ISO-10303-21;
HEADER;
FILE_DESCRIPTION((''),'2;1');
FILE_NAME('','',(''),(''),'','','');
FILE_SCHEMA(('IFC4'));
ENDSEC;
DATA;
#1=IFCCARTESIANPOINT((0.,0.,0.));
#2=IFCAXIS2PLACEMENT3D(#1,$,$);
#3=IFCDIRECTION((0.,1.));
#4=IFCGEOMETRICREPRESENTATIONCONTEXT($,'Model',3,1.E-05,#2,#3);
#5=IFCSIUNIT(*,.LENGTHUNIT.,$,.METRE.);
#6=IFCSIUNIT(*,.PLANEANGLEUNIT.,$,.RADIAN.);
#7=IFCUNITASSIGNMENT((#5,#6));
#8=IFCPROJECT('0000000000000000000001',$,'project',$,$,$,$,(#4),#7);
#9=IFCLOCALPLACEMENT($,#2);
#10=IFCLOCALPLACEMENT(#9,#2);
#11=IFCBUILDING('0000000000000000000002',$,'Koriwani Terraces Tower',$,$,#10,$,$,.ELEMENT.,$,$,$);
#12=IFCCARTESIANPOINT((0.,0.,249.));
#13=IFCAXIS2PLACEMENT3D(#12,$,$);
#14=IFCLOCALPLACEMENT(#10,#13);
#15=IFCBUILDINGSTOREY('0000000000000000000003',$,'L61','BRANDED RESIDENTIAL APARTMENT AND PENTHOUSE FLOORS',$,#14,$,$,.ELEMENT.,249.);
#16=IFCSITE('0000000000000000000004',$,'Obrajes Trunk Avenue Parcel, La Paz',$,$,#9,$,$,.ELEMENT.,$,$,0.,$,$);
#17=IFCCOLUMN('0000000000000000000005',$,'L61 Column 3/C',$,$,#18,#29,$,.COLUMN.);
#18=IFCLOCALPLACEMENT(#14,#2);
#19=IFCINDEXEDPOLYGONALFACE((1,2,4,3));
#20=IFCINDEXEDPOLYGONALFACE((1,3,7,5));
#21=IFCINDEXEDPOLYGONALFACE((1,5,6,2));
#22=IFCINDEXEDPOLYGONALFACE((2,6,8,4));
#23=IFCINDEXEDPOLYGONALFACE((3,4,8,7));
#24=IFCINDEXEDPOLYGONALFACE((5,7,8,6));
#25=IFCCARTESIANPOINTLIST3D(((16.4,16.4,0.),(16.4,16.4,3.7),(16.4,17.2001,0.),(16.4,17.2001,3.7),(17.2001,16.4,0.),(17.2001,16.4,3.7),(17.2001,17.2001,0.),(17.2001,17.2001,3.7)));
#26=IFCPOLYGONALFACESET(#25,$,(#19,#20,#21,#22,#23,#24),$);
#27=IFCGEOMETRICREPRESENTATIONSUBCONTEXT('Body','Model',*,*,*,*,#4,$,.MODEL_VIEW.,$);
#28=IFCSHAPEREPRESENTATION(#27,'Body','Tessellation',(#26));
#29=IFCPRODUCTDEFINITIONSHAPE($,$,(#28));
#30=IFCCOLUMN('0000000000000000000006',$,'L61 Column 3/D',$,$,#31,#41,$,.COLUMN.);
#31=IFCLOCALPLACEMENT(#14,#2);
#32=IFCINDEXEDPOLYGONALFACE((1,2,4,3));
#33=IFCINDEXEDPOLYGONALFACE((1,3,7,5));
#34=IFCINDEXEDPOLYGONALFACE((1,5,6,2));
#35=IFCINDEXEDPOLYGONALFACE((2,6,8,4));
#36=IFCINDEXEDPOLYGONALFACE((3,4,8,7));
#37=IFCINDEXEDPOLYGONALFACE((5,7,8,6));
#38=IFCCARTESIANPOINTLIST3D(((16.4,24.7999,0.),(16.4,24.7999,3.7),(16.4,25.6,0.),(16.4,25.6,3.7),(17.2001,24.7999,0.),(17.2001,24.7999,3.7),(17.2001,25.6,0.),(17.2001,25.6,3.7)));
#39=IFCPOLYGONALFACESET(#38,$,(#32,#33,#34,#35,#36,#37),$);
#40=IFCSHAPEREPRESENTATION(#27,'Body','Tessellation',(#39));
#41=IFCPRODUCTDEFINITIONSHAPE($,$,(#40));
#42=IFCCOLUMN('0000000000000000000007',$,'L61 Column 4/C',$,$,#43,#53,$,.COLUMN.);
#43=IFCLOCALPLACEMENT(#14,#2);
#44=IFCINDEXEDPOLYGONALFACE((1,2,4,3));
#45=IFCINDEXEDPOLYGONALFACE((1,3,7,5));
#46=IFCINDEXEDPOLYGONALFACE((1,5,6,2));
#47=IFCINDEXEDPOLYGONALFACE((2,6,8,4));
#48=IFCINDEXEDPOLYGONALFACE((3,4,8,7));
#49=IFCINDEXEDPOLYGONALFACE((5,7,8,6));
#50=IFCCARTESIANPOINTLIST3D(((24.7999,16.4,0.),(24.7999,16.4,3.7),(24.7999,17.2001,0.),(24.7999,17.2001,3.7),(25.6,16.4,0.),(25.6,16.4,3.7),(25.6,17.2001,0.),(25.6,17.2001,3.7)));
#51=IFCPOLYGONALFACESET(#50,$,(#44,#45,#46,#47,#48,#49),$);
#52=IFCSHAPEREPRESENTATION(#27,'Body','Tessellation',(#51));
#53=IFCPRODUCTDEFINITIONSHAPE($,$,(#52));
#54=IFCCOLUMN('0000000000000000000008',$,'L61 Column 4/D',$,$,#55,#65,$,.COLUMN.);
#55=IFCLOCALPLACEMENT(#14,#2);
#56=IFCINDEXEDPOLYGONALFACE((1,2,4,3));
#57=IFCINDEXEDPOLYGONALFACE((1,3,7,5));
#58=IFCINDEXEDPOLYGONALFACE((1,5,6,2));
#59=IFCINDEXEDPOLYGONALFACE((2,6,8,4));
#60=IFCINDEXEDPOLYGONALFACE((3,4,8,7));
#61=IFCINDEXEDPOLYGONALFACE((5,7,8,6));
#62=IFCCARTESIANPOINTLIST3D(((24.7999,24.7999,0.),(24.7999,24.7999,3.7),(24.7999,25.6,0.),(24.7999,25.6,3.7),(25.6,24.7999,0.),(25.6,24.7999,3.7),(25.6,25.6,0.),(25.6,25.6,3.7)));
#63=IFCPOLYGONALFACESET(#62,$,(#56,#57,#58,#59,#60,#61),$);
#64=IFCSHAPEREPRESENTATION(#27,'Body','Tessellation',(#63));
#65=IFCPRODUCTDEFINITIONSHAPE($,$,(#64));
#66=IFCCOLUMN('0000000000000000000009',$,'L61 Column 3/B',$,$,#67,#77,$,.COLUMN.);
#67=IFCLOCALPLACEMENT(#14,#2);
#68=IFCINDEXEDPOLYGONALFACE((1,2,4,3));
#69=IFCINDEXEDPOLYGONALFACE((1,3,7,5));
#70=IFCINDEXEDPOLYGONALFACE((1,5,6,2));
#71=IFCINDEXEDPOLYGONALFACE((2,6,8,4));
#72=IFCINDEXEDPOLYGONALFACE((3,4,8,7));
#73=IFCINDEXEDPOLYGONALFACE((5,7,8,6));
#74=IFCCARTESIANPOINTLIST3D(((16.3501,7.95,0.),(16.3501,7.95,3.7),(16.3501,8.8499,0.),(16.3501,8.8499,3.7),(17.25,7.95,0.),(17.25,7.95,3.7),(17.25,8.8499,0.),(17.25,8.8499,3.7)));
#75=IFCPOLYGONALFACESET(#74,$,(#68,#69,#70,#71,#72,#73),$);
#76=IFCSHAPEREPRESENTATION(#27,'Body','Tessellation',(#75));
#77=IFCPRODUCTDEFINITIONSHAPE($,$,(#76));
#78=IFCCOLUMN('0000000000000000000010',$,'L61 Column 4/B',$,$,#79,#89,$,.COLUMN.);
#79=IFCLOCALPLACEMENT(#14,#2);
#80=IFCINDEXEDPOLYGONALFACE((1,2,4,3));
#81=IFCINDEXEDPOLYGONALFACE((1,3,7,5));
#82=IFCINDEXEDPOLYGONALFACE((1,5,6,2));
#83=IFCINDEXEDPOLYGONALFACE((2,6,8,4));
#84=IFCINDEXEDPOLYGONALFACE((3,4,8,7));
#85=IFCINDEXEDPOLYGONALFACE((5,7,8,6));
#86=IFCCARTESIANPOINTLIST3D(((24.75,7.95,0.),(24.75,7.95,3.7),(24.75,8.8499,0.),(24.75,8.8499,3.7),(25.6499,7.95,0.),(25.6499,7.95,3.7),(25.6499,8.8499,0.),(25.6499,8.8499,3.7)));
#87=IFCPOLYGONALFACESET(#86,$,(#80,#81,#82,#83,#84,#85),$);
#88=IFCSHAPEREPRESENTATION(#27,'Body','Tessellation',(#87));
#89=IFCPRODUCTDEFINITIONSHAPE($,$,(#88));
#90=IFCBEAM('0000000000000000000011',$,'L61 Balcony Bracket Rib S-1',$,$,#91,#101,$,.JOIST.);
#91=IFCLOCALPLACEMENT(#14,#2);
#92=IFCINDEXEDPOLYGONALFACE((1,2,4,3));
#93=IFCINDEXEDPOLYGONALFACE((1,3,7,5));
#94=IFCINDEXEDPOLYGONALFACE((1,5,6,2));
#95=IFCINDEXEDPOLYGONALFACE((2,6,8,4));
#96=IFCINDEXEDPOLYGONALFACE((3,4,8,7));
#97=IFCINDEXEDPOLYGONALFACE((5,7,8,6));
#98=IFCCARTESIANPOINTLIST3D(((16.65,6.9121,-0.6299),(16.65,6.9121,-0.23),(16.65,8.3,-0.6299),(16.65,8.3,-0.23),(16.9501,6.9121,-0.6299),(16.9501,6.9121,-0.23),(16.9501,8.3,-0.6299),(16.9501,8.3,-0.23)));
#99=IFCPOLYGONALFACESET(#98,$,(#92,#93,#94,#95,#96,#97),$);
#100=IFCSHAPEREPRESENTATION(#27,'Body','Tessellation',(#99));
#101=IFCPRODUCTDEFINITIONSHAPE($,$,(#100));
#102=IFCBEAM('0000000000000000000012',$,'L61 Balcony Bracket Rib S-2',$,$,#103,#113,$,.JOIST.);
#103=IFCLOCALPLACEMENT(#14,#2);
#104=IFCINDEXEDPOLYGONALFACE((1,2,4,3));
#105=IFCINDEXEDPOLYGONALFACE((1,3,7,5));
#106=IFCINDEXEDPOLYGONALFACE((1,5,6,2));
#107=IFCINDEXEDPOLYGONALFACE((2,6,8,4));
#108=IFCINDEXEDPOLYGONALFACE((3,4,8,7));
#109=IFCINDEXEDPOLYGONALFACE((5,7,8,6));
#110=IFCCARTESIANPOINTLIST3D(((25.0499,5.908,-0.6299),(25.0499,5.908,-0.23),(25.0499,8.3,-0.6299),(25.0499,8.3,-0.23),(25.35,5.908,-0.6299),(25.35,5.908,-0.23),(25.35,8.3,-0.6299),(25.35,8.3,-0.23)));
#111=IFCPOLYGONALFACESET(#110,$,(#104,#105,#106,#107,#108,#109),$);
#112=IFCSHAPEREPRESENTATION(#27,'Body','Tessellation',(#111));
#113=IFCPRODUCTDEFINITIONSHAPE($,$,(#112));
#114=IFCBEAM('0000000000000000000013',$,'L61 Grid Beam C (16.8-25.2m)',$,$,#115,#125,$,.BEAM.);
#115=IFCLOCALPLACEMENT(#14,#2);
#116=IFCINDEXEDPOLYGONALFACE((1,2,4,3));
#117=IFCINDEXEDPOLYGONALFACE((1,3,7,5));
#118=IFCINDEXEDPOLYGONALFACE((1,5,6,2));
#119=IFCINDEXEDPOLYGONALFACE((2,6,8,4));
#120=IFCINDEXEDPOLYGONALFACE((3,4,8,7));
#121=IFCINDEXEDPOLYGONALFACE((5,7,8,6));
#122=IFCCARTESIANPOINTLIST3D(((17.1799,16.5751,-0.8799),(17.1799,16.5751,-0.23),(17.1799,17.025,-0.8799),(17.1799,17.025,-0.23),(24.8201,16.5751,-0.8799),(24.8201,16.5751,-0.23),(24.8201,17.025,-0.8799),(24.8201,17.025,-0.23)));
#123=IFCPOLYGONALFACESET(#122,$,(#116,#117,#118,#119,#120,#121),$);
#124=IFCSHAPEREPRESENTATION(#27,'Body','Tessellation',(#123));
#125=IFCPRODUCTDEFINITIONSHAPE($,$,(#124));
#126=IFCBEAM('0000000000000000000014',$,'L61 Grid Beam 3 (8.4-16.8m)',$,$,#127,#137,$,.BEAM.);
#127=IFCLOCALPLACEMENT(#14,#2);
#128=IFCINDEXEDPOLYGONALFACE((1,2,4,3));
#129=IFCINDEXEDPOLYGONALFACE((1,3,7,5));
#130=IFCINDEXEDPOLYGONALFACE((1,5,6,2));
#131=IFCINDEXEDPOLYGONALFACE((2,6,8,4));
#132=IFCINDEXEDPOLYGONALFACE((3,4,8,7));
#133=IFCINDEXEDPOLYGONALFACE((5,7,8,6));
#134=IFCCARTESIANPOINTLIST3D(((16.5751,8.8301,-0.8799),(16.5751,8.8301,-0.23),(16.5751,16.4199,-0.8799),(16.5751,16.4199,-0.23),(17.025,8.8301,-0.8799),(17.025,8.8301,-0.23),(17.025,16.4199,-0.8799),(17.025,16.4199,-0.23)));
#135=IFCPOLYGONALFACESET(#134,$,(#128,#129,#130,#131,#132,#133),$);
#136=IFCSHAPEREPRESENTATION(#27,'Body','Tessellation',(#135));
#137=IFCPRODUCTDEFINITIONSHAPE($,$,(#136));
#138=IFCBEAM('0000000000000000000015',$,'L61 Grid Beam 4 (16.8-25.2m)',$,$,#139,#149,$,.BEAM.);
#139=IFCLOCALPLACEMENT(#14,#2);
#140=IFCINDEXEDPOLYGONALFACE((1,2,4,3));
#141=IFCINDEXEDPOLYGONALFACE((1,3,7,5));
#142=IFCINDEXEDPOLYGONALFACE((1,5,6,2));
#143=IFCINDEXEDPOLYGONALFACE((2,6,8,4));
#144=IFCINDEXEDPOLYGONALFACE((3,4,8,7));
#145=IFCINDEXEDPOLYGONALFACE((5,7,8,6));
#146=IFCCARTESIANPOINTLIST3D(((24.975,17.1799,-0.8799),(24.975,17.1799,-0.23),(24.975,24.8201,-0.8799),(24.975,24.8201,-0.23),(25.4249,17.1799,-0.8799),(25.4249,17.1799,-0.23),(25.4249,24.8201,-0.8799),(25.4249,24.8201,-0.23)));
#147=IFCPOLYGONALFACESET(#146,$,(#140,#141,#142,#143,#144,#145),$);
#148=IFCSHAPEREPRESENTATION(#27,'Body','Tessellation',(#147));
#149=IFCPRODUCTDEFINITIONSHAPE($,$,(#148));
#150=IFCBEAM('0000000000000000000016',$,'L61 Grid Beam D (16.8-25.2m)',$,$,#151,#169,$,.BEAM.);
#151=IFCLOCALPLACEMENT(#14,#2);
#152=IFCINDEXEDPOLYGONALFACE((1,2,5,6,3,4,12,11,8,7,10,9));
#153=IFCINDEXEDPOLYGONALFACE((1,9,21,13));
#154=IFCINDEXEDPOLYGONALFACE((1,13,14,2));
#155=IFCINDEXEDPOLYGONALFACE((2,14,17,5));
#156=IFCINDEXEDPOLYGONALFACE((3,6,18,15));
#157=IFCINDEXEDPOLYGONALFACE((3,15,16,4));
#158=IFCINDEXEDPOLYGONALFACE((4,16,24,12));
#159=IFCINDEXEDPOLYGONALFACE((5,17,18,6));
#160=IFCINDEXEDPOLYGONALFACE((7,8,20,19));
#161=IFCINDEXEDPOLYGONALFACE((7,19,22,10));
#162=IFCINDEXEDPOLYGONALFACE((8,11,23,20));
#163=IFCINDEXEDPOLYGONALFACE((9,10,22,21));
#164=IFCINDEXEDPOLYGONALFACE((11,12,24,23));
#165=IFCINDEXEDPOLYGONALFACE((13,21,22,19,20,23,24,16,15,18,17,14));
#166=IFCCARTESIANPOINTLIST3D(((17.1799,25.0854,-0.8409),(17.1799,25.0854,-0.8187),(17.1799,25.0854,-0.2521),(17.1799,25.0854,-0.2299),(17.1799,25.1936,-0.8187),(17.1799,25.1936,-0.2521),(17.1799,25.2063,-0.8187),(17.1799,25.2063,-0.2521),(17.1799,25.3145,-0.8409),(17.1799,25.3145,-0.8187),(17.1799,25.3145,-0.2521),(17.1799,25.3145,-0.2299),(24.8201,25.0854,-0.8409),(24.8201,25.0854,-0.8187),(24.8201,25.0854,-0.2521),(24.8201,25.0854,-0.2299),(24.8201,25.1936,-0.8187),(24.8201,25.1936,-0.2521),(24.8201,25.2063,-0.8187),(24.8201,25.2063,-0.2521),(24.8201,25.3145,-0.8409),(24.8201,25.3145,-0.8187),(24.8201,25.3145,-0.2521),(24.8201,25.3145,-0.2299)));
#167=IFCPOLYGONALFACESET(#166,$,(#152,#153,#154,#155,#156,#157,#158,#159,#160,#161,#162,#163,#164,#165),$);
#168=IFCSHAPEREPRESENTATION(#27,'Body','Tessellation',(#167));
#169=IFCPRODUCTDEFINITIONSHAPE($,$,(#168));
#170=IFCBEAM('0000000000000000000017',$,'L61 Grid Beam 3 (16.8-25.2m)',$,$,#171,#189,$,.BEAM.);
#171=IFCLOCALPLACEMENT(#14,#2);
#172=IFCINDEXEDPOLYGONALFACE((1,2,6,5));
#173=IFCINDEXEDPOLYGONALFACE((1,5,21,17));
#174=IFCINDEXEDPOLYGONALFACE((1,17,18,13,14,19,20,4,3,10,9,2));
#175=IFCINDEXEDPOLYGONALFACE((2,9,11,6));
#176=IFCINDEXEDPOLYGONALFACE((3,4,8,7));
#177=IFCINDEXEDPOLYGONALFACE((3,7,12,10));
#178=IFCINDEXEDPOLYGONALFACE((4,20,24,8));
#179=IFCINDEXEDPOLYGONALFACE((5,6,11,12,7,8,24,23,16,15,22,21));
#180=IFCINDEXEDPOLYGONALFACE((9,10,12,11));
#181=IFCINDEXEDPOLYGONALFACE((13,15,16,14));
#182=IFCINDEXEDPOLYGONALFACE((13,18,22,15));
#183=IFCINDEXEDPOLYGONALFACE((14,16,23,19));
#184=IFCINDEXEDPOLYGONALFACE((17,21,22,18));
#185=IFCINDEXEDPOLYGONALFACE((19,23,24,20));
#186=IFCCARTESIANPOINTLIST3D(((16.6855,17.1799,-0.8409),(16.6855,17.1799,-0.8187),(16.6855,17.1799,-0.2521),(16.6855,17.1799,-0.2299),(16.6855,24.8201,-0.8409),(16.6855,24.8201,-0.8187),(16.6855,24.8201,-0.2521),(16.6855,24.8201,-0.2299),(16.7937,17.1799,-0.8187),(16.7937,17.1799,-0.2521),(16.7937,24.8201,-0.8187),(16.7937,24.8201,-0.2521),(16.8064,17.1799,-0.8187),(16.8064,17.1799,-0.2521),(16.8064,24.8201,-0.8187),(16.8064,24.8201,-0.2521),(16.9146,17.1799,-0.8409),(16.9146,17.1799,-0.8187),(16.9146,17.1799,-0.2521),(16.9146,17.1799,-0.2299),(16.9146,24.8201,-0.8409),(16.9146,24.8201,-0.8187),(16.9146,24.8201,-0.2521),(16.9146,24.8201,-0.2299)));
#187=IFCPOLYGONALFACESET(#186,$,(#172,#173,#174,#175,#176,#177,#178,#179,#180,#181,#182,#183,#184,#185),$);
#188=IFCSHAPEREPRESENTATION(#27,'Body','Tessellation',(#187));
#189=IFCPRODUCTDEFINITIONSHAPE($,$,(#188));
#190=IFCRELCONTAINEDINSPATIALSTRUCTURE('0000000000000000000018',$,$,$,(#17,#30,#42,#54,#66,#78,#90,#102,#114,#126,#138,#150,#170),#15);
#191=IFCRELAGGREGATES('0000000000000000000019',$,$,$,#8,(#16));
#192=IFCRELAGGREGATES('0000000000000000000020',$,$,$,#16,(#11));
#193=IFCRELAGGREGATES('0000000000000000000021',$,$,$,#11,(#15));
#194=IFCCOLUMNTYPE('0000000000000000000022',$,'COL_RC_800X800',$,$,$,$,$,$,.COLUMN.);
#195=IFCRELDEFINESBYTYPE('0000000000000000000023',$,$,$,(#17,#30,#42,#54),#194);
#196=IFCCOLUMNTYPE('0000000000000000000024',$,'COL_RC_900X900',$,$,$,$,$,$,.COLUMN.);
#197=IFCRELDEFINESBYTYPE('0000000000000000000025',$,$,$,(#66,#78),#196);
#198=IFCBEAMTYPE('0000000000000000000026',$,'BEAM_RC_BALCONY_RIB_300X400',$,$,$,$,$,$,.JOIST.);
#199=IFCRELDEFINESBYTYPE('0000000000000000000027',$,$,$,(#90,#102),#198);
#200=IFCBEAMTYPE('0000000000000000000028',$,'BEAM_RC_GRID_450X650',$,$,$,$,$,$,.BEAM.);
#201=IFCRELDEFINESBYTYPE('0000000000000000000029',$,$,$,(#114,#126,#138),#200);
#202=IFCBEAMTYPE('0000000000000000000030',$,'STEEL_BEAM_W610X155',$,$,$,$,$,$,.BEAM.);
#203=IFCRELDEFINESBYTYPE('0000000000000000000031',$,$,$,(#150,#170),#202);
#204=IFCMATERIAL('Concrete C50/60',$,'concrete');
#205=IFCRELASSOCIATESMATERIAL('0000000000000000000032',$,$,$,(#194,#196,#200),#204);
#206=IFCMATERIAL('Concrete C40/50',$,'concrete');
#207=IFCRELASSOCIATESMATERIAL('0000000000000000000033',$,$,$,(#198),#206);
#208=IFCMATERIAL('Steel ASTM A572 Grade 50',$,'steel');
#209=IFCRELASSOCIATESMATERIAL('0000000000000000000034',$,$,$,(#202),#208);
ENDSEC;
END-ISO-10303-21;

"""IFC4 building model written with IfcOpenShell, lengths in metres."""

from ifc_helpers import new_model, si_unit, direction, frame, origin, origin_2d, place, context, subcontext, project, spatial, rectangle, i_section, extrude, material, material_profile, profile_set, type_object, element, save


model = new_model("IFC4")

# Units and contexts
model_context = context("Model", 3, precision=1e-05, world=origin(), true_north=direction((0.0, 1.0)))
body_context = subcontext(model_context, "Body", "Model", "MODEL_VIEW")
ifc_project = project(units=[si_unit("LENGTHUNIT", "METRE"), si_unit("PLANEANGLEUNIT", "RADIAN")], contexts=[model_context])

# Site, building, storey
site_placement = place(None, origin())
site = spatial("IfcSite", under=ifc_project, at=site_placement, Name="Obrajes Trunk Avenue Parcel, La Paz", CompositionType="ELEMENT", RefElevation=0.0)
building_placement = place(site_placement, origin())
building = spatial("IfcBuilding", under=site, at=building_placement, Name="Koriwani Terraces Tower", CompositionType="ELEMENT")
storey_placement = place(building_placement, frame((0.0, 0.0, 249.0)))
storey = spatial("IfcBuildingStorey", under=building, at=storey_placement, Name="L61", Description="BRANDED RESIDENTIAL APARTMENT AND PENTHOUSE FLOORS", CompositionType="ELEMENT", Elevation=249.0)

# Columns
ifc_material_1 = material(Name="Concrete C50/60", Category="concrete")
ifc_material_profile_1 = material_profile(ifc_material_1, rectangle(XDim=0.8, YDim=0.8, at=origin_2d()), Name="Concrete C50/60", Category="LoadBearing")
ifc_profile_set_1 = profile_set([ifc_material_profile_1], Name="Concrete C50/60")
column_type_1 = type_object("IfcColumnType", Name="COL_RC_800X800", PredefinedType="COLUMN", material=ifc_profile_set_1)
for number, where, z_axis, x_axis, name in (
    (1, (16.8, 16.8, 0.0), (0.0, 0.0, 1.0), (1.0, 0.0, 0.0), "L61 Column 3/C"),
    (2, (16.8, 25.2, 0.0), (0.0, 0.0, 1.0), (1.0, 0.0, 0.0), "L61 Column 3/D"),
    (3, (25.2, 16.8, 0.0), (0.0, 0.0, 1.0), (1.0, 0.0, 0.0), "L61 Column 4/C"),
    (4, (25.2, 25.2, 0.0), (0.0, 0.0, 1.0), (1.0, 0.0, 0.0), "L61 Column 4/D"),
):
    element("IfcColumn", number, at=place(storey_placement, frame(where, z_axis=z_axis, x_axis=x_axis)), inside=storey, type_object=column_type_1, Name=name, PredefinedType="COLUMN", context=body_context, shape_type="SweptSolid", body=[
        extrude(rectangle(XDim=0.8, YDim=0.8, at=origin_2d()), origin(), (0.0, 0.0, 1.0), 3.7),
    ])
ifc_material_profile_2 = material_profile(ifc_material_1, rectangle(XDim=0.8999, YDim=0.8999, at=origin_2d()), Name="Concrete C50/60", Category="LoadBearing")
ifc_profile_set_2 = profile_set([ifc_material_profile_2], Name="Concrete C50/60")
column_type_2 = type_object("IfcColumnType", Name="COL_RC_900X900", PredefinedType="COLUMN", material=ifc_profile_set_2)
for number, where, z_axis, x_axis, name in (
    (5, (16.8, 8.3999, 0.0), (0.0, 0.0, 1.0), (1.0, 0.0, 0.0), "L61 Column 3/B"),
    (6, (25.2, 8.3999, 0.0), (0.0, 0.0, 1.0), (1.0, 0.0, 0.0), "L61 Column 4/B"),
):
    element("IfcColumn", number, at=place(storey_placement, frame(where, z_axis=z_axis, x_axis=x_axis)), inside=storey, type_object=column_type_2, Name=name, PredefinedType="COLUMN", context=body_context, shape_type="SweptSolid", body=[
        extrude(rectangle(XDim=0.8999, YDim=0.8999, at=origin_2d()), origin(), (0.0, 0.0, 1.0), 3.7),
    ])

# Beams
ifc_material_2 = material(Name="Concrete C40/50", Category="concrete")
ifc_material_profile_3 = material_profile(ifc_material_2, rectangle(XDim=0.3, YDim=0.3999, at=origin_2d()), Name="Concrete C40/50", Category="LoadBearing")
ifc_profile_set_3 = profile_set([ifc_material_profile_3], Name="Concrete C40/50")
beam_type_1 = type_object("IfcBeamType", Name="BEAM_RC_BALCONY_RIB_300X400", PredefinedType="JOIST", material=ifc_profile_set_3)
beam_1_placement = place(storey_placement, frame((16.8, 6.9121, -0.4299), z_axis=(0.0, 1.0, 0.0), x_axis=(-1.0, 0.0, 0.0)))
element("IfcBeam", 7, at=beam_1_placement, inside=storey, type_object=beam_type_1, Name="L61 Balcony Bracket Rib S-1", PredefinedType="JOIST", context=body_context, shape_type="SweptSolid", body=[
    extrude(rectangle(XDim=0.3, YDim=0.3999, at=origin_2d()), origin(), (0.0, 0.0, 1.0), 1.3879),
])
beam_2_placement = place(storey_placement, frame((25.2, 5.908, -0.4299), z_axis=(0.0, 1.0, 0.0), x_axis=(-1.0, 0.0, 0.0)))
element("IfcBeam", 8, at=beam_2_placement, inside=storey, type_object=beam_type_1, Name="L61 Balcony Bracket Rib S-2", PredefinedType="JOIST", context=body_context, shape_type="SweptSolid", body=[
    extrude(rectangle(XDim=0.3, YDim=0.3999, at=origin_2d()), origin(), (0.0, 0.0, 1.0), 2.3921),
])
ifc_material_profile_4 = material_profile(ifc_material_1, rectangle(XDim=0.45, YDim=0.6499, at=origin_2d()), Name="Concrete C50/60", Category="LoadBearing")
ifc_profile_set_4 = profile_set([ifc_material_profile_4], Name="Concrete C50/60")
beam_type_2 = type_object("IfcBeamType", Name="BEAM_RC_GRID_450X650", PredefinedType="BEAM", material=ifc_profile_set_4)
beam_3_placement = place(storey_placement, frame((17.1799, 16.8, -0.5549), z_axis=(1.0, 0.0, 0.0), x_axis=(0.0, 1.0, 0.0)))
element("IfcBeam", 9, at=beam_3_placement, inside=storey, type_object=beam_type_2, Name="L61 Grid Beam C (16.8-25.2m)", PredefinedType="BEAM", context=body_context, shape_type="SweptSolid", body=[
    extrude(rectangle(XDim=0.45, YDim=0.6499, at=origin_2d()), origin(), (0.0, 0.0, 1.0), 7.6401),
])
beam_4_placement = place(storey_placement, frame((16.8, 8.8301, -0.5549), z_axis=(0.0, 1.0, 0.0), x_axis=(-1.0, 0.0, 0.0)))
element("IfcBeam", 10, at=beam_4_placement, inside=storey, type_object=beam_type_2, Name="L61 Grid Beam 3 (8.4-16.8m)", PredefinedType="BEAM", context=body_context, shape_type="SweptSolid", body=[
    extrude(rectangle(XDim=0.45, YDim=0.6499, at=origin_2d()), origin(), (0.0, 0.0, 1.0), 7.5898),
])
beam_5_placement = place(storey_placement, frame((25.2, 17.1799, -0.5549), z_axis=(0.0, 1.0, 0.0), x_axis=(-1.0, 0.0, 0.0)))
element("IfcBeam", 11, at=beam_5_placement, inside=storey, type_object=beam_type_2, Name="L61 Grid Beam 4 (16.8-25.2m)", PredefinedType="BEAM", context=body_context, shape_type="SweptSolid", body=[
    extrude(rectangle(XDim=0.45, YDim=0.6499, at=origin_2d()), origin(), (0.0, 0.0, 1.0), 7.6401),
])
ifc_material_3 = material(Name="Steel ASTM A572 Grade 50", Category="steel")
ifc_material_profile_5 = material_profile(ifc_material_3, i_section(OverallWidth=0.229, OverallDepth=0.6111, WebThickness=0.0127, FlangeThickness=0.0222, at=origin_2d()), Name="Steel ASTM A572 Grade 50", Category="LoadBearing")
ifc_profile_set_5 = profile_set([ifc_material_profile_5], Name="Steel ASTM A572 Grade 50")
beam_type_3 = type_object("IfcBeamType", Name="STEEL_BEAM_W610X155", PredefinedType="BEAM", material=ifc_profile_set_5)
for number, where, z_axis, x_axis, name in (
    (12, (17.1799, 25.2, -0.5354), (1.0, 0.0, 0.0), (0.0, 1.0, 0.0), "L61 Grid Beam D (16.8-25.2m)"),
    (13, (16.8, 17.1799, -0.5354), (0.0, 1.0, 0.0), (-1.0, 0.0, 0.0), "L61 Grid Beam 3 (16.8-25.2m)"),
):
    element("IfcBeam", number, at=place(storey_placement, frame(where, z_axis=z_axis, x_axis=x_axis)), inside=storey, type_object=beam_type_3, Name=name, PredefinedType="BEAM", context=body_context, shape_type="SweptSolid", body=[
        extrude(i_section(OverallWidth=0.229, OverallDepth=0.6111, WebThickness=0.0127, FlangeThickness=0.0222, at=origin_2d()), origin(), (0.0, 0.0, 1.0), 7.6401),
    ])

save(model, "model.ifc")
